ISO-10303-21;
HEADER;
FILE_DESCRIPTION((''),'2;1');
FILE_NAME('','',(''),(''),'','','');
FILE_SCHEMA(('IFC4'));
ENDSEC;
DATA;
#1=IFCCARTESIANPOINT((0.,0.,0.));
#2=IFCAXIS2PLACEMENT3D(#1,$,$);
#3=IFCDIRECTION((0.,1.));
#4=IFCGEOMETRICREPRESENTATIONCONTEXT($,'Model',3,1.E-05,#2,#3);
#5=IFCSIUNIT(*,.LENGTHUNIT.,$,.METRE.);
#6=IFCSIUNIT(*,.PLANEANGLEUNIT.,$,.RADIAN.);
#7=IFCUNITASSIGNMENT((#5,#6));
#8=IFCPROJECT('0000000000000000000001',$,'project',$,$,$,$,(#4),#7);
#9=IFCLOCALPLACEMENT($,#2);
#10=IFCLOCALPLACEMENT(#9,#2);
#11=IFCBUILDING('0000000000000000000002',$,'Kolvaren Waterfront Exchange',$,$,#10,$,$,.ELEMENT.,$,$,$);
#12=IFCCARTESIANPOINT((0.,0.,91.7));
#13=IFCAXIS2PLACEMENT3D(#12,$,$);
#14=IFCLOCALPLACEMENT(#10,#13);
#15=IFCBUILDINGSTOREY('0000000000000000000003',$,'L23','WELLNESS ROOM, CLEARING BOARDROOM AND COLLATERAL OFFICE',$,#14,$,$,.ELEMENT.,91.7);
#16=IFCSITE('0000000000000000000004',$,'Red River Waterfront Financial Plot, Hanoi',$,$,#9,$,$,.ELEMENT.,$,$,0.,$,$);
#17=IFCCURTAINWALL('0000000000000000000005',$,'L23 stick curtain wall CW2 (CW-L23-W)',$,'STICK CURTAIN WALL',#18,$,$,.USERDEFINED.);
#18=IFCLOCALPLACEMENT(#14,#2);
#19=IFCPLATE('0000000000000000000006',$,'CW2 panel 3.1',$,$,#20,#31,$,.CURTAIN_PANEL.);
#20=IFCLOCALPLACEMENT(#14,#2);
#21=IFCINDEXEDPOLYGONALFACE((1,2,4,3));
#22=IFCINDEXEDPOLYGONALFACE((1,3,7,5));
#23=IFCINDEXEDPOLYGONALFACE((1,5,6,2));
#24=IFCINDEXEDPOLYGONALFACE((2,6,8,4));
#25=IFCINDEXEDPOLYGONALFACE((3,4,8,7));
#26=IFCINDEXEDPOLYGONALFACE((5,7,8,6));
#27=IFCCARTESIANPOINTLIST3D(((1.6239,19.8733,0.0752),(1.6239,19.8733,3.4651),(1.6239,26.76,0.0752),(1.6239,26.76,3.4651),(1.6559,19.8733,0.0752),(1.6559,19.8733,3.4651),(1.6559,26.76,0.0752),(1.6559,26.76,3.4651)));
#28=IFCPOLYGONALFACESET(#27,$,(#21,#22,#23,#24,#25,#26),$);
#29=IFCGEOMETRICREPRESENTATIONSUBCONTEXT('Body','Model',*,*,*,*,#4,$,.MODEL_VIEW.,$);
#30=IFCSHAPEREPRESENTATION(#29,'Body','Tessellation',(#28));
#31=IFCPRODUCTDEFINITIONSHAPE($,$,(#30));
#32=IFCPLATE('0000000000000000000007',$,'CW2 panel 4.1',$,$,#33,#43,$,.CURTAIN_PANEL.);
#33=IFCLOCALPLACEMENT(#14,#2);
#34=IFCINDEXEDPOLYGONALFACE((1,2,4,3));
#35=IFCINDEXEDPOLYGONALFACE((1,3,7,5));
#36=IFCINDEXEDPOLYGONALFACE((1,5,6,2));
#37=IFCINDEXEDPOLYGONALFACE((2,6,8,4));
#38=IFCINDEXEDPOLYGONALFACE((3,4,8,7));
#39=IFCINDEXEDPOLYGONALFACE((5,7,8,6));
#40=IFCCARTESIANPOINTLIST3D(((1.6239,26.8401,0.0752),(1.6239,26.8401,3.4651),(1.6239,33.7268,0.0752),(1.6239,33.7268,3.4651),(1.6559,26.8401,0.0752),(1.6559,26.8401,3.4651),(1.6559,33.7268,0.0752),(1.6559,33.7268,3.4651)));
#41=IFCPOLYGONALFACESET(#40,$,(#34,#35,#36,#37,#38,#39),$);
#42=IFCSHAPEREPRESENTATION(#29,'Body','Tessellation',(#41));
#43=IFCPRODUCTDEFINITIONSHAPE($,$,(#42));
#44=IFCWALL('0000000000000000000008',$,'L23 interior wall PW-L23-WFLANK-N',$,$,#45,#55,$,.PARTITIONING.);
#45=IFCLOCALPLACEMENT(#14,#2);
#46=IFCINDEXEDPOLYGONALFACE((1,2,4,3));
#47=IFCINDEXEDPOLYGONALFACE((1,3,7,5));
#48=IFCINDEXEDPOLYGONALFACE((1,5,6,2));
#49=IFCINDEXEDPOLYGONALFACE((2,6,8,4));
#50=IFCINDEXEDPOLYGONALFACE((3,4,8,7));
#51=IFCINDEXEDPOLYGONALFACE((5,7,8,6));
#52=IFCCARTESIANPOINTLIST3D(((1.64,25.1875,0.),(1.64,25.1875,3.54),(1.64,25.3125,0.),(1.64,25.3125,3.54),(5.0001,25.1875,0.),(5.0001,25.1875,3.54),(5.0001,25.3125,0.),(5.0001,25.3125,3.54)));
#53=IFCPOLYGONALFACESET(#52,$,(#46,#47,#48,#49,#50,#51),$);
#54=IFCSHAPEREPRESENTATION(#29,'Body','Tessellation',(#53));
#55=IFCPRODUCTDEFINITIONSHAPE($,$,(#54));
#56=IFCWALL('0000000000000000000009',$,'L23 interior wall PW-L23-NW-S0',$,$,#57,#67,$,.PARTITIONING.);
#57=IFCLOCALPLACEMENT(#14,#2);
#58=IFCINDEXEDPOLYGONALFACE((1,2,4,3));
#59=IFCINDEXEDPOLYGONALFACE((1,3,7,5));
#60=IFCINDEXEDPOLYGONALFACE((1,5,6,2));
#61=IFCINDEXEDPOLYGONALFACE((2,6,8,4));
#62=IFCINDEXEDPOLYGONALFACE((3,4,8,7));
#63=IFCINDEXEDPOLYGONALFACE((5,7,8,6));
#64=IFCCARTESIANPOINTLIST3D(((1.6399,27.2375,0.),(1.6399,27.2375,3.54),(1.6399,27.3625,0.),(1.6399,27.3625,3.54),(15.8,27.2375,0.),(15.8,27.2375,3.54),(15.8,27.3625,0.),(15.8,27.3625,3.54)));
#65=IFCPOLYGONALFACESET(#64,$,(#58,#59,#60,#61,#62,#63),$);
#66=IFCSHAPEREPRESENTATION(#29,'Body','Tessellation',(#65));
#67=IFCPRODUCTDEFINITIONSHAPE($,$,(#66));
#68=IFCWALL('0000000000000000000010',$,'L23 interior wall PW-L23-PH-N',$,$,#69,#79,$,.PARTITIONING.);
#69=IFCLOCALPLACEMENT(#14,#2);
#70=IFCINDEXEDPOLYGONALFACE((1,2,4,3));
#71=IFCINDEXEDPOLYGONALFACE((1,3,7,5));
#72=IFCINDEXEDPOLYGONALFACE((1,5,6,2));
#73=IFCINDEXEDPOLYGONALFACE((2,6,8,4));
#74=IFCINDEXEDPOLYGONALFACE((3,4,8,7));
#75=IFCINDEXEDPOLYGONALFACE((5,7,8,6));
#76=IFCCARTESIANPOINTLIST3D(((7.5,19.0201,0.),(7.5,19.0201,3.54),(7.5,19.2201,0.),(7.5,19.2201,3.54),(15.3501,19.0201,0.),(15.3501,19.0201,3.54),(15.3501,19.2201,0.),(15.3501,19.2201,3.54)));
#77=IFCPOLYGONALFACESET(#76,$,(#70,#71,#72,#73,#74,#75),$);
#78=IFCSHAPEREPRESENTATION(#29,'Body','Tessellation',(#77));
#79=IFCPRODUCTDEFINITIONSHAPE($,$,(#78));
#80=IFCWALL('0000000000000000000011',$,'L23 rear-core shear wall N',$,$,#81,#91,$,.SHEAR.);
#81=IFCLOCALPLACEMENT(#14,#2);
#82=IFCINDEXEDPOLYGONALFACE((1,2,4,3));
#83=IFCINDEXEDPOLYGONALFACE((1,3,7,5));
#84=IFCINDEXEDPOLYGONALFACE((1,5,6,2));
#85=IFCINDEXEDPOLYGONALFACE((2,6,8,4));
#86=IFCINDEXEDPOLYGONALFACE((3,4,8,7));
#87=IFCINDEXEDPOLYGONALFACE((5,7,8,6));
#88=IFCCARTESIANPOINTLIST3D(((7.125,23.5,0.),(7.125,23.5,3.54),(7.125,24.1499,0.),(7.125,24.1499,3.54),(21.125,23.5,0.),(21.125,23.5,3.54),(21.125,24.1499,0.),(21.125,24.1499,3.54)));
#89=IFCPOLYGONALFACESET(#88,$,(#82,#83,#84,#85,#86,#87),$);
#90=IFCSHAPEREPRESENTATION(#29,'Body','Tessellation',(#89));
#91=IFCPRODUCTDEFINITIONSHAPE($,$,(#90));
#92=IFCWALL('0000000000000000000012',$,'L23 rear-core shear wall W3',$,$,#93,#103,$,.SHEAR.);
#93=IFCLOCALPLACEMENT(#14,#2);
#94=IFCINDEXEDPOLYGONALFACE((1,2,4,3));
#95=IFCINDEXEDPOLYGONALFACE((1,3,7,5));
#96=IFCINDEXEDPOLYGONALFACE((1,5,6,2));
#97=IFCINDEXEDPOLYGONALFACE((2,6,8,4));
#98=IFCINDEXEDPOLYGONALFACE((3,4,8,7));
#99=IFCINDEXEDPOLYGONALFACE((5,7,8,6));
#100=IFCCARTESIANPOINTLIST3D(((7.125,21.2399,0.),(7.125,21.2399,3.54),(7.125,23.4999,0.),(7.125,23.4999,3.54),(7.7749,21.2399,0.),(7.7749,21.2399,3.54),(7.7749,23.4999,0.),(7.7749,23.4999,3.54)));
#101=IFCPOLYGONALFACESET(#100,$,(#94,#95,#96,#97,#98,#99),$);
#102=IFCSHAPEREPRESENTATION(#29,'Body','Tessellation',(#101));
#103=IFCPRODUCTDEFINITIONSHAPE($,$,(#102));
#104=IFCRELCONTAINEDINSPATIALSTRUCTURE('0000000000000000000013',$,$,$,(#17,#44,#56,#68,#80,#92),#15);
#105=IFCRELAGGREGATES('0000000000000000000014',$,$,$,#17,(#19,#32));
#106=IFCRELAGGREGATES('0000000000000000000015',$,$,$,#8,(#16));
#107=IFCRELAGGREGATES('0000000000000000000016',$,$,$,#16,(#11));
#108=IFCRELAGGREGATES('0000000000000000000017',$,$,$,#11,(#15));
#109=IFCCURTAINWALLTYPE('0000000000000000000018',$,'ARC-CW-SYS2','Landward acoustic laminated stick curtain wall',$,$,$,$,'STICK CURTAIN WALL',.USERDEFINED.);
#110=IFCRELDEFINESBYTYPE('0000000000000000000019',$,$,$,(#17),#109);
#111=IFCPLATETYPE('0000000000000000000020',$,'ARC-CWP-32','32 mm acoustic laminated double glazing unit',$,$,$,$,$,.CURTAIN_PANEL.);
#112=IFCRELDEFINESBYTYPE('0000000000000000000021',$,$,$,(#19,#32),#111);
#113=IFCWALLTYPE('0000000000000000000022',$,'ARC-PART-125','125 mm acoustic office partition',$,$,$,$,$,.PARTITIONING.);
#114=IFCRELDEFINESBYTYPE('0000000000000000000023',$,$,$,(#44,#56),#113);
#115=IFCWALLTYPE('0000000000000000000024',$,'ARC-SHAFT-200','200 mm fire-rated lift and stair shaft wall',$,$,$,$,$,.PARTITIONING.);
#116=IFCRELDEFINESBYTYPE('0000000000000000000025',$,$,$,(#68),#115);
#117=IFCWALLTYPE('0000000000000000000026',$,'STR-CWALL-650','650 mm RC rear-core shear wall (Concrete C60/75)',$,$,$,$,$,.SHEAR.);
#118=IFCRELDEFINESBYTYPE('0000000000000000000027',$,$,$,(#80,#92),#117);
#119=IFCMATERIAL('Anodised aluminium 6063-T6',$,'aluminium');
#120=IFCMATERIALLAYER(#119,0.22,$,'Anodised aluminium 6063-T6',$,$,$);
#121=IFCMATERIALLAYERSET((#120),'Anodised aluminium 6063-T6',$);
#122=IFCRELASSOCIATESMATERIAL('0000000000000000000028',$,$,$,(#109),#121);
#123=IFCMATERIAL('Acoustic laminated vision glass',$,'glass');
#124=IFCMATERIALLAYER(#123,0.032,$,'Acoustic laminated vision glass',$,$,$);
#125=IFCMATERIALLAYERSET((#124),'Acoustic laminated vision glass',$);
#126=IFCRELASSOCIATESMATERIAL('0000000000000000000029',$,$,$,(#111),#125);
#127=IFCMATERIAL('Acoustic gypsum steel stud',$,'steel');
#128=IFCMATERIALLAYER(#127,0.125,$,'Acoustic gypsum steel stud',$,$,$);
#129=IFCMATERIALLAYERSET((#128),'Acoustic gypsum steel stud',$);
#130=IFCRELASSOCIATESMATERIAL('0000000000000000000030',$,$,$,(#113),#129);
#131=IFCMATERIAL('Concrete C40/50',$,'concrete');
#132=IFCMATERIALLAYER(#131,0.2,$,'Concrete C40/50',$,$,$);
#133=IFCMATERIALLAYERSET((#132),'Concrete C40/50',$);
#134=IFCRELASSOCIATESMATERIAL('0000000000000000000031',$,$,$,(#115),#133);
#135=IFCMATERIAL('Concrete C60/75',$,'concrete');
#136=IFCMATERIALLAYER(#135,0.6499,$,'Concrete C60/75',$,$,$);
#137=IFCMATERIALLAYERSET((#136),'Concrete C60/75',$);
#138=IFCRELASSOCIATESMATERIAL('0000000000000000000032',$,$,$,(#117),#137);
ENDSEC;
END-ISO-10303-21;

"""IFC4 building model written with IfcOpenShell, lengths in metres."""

from ifc_helpers import new_model, si_unit, direction, frame, frame_2d, origin, origin_with_axes, origin_2d, place, context, subcontext, project, spatial, rectangle, extrude, source, transform, mapped, material, layer, layer_set, type_object, element, aggregate, save


model = new_model("IFC4")

# Units and contexts
model_context = context("Model", 3, precision=1e-05, world=origin(), true_north=direction((0.0, 1.0)))
body_context = subcontext(model_context, "Body", "Model", "MODEL_VIEW")
ifc_project = project(units=[si_unit("LENGTHUNIT", "METRE"), si_unit("PLANEANGLEUNIT", "RADIAN")], contexts=[model_context])

# Site, building, storey
site_placement = place(None, origin())
site = spatial("IfcSite", under=ifc_project, at=site_placement, Name="Red River Waterfront Financial Plot, Hanoi", CompositionType="ELEMENT", RefElevation=0.0)
building_placement = place(site_placement, origin())
building = spatial("IfcBuilding", under=site, at=building_placement, Name="Kolvaren Waterfront Exchange", CompositionType="ELEMENT")
storey_placement = place(building_placement, frame((0.0, 0.0, 91.7)))
storey = spatial("IfcBuildingStorey", under=building, at=storey_placement, Name="L23", Description="WELLNESS ROOM, CLEARING BOARDROOM AND COLLATERAL OFFICE", CompositionType="ELEMENT", Elevation=91.7)

# Shared definitions
ifc_material_1 = material(Name="Concrete C60/75", Category="concrete")

# Curtain wall, plates
ifc_material_2 = material(Name="Anodised aluminium 6063-T6", Category="aluminium")
ifc_layer_1 = layer(ifc_material_2, 0.22, Name="Anodised aluminium 6063-T6")
ifc_layer_set_1 = layer_set([ifc_layer_1], Name="Anodised aluminium 6063-T6")
curtain_wall_type = type_object("IfcCurtainWallType", Name="ARC-CW-SYS2", Description="Landward acoustic laminated stick curtain wall", ElementType="STICK CURTAIN WALL", PredefinedType="USERDEFINED", material=ifc_layer_set_1)
curtain_wall_placement = place(storey_placement, origin())
curtain_wall = element("IfcCurtainWall", 1, at=curtain_wall_placement, inside=storey, type_object=curtain_wall_type, Name="L23 stick curtain wall CW2 (CW-L23-W)", ObjectType="STICK CURTAIN WALL", PredefinedType="USERDEFINED")
ifc_material_3 = material(Name="Acoustic laminated vision glass", Category="glass")
ifc_layer_2 = layer(ifc_material_3, 0.032, Name="Acoustic laminated vision glass")
ifc_layer_set_2 = layer_set([ifc_layer_2], Name="Acoustic laminated vision glass")
plate_type = type_object("IfcPlateType", Name="ARC-CWP-32", Description="32 mm acoustic laminated double glazing unit", PredefinedType="CURTAIN_PANEL", material=ifc_layer_set_2)
shared_shape_1 = source(origin_with_axes(), body_context, "Body", "SweptSolid", [
    extrude(rectangle(XDim=6.8867, YDim=0.032, at=origin_2d()), origin(), (0.0, 0.0, 1.0), 3.3899),
])
plate_1_placement = place(storey_placement, frame((1.6399, 23.3167, 0.0752), z_axis=(0.0, 0.0, 1.0), x_axis=(0.0, 1.0, 0.0)))
plate_1 = element("IfcPlate", 2, at=plate_1_placement, type_object=plate_type, Name="CW2 panel 3.1", PredefinedType="CURTAIN_PANEL", context=body_context, shape_type="MappedRepresentation", body=[
    mapped(shared_shape_1, transform((0.0, 0.0, 0.0), x_axis=(1.0, 0.0, 0.0), y_axis=(0.0, 1.0, 0.0), z_axis=(0.0, 0.0, 1.0), scale=1.0)),
])
plate_2_placement = place(storey_placement, frame((1.6399, 30.2834, 0.0752), z_axis=(0.0, 0.0, 1.0), x_axis=(0.0, 1.0, 0.0)))
plate_2 = element("IfcPlate", 3, at=plate_2_placement, type_object=plate_type, Name="CW2 panel 4.1", PredefinedType="CURTAIN_PANEL", context=body_context, shape_type="MappedRepresentation", body=[
    mapped(shared_shape_1, transform((0.0, 0.0, 0.0), x_axis=(1.0, 0.0, 0.0), y_axis=(0.0, 1.0, 0.0), z_axis=(0.0, 0.0, 1.0), scale=1.0)),
])
aggregate(curtain_wall, [plate_1, plate_2])

# Walls
ifc_material_4 = material(Name="Acoustic gypsum steel stud", Category="steel")
ifc_layer_3 = layer(ifc_material_4, 0.125, Name="Acoustic gypsum steel stud")
ifc_layer_set_3 = layer_set([ifc_layer_3], Name="Acoustic gypsum steel stud")
wall_type_1 = type_object("IfcWallType", Name="ARC-PART-125", Description="125 mm acoustic office partition", PredefinedType="PARTITIONING", material=ifc_layer_set_3)
wall_1_placement = place(storey_placement, frame((1.6399, 25.25, 0.0), z_axis=(0.0, 0.0, 1.0), x_axis=(1.0, 0.0, 0.0)))
element("IfcWall", 4, at=wall_1_placement, inside=storey, type_object=wall_type_1, Name="L23 interior wall PW-L23-WFLANK-N", PredefinedType="PARTITIONING", context=body_context, shape_type="SweptSolid", body=[
    extrude(rectangle(XDim=3.3601, YDim=0.125, at=frame_2d((1.6802, 0.0))), origin(), (0.0, 0.0, 1.0), 3.54),
])
wall_2_placement = place(storey_placement, frame((1.6399, 27.3, 0.0), z_axis=(0.0, 0.0, 1.0), x_axis=(1.0, 0.0, 0.0)))
element("IfcWall", 5, at=wall_2_placement, inside=storey, type_object=wall_type_1, Name="L23 interior wall PW-L23-NW-S0", PredefinedType="PARTITIONING", context=body_context, shape_type="SweptSolid", body=[
    extrude(rectangle(XDim=14.1602, YDim=0.125, at=frame_2d((7.0801, 0.0))), origin(), (0.0, 0.0, 1.0), 3.54),
])

# Walls
ifc_material_5 = material(Name="Concrete C40/50", Category="concrete")
ifc_layer_4 = layer(ifc_material_5, 0.2, Name="Concrete C40/50")
ifc_layer_set_4 = layer_set([ifc_layer_4], Name="Concrete C40/50")
wall_type_2 = type_object("IfcWallType", Name="ARC-SHAFT-200", Description="200 mm fire-rated lift and stair shaft wall", PredefinedType="PARTITIONING", material=ifc_layer_set_4)
wall_3_placement = place(storey_placement, frame((7.5, 19.1201, 0.0), z_axis=(0.0, 0.0, 1.0), x_axis=(1.0, 0.0, 0.0)))
element("IfcWall", 6, at=wall_3_placement, inside=storey, type_object=wall_type_2, Name="L23 interior wall PW-L23-PH-N", PredefinedType="PARTITIONING", context=body_context, shape_type="SweptSolid", body=[
    extrude(rectangle(XDim=7.8501, YDim=0.2, at=frame_2d((3.925, 0.0))), origin(), (0.0, 0.0, 1.0), 3.54),
])
ifc_layer_5 = layer(ifc_material_1, 0.6499, Name="Concrete C60/75")
ifc_layer_set_5 = layer_set([ifc_layer_5], Name="Concrete C60/75")
wall_type_3 = type_object("IfcWallType", Name="STR-CWALL-650", Description="650 mm RC rear-core shear wall (Concrete C60/75)", PredefinedType="SHEAR", material=ifc_layer_set_5)
wall_4_placement = place(storey_placement, frame((7.125, 23.825, 0.0), z_axis=(0.0, 0.0, 1.0), x_axis=(1.0, 0.0, 0.0)))
element("IfcWall", 7, at=wall_4_placement, inside=storey, type_object=wall_type_3, Name="L23 rear-core shear wall N", PredefinedType="SHEAR", context=body_context, shape_type="SweptSolid", body=[
    extrude(rectangle(XDim=14.0, YDim=0.6499, at=frame_2d((7.0, 0.0))), origin(), (0.0, 0.0, 1.0), 3.54),
])
wall_5_placement = place(storey_placement, frame((7.45, 21.24, 0.0), z_axis=(0.0, 0.0, 1.0), x_axis=(0.0, 1.0, 0.0)))
element("IfcWall", 8, at=wall_5_placement, inside=storey, type_object=wall_type_3, Name="L23 rear-core shear wall W3", PredefinedType="SHEAR", context=body_context, shape_type="SweptSolid", body=[
    extrude(rectangle(XDim=2.26, YDim=0.6499, at=frame_2d((1.1299, 0.0))), origin(), (0.0, 0.0, 1.0), 3.54),
])

save(model, "model.ifc")
